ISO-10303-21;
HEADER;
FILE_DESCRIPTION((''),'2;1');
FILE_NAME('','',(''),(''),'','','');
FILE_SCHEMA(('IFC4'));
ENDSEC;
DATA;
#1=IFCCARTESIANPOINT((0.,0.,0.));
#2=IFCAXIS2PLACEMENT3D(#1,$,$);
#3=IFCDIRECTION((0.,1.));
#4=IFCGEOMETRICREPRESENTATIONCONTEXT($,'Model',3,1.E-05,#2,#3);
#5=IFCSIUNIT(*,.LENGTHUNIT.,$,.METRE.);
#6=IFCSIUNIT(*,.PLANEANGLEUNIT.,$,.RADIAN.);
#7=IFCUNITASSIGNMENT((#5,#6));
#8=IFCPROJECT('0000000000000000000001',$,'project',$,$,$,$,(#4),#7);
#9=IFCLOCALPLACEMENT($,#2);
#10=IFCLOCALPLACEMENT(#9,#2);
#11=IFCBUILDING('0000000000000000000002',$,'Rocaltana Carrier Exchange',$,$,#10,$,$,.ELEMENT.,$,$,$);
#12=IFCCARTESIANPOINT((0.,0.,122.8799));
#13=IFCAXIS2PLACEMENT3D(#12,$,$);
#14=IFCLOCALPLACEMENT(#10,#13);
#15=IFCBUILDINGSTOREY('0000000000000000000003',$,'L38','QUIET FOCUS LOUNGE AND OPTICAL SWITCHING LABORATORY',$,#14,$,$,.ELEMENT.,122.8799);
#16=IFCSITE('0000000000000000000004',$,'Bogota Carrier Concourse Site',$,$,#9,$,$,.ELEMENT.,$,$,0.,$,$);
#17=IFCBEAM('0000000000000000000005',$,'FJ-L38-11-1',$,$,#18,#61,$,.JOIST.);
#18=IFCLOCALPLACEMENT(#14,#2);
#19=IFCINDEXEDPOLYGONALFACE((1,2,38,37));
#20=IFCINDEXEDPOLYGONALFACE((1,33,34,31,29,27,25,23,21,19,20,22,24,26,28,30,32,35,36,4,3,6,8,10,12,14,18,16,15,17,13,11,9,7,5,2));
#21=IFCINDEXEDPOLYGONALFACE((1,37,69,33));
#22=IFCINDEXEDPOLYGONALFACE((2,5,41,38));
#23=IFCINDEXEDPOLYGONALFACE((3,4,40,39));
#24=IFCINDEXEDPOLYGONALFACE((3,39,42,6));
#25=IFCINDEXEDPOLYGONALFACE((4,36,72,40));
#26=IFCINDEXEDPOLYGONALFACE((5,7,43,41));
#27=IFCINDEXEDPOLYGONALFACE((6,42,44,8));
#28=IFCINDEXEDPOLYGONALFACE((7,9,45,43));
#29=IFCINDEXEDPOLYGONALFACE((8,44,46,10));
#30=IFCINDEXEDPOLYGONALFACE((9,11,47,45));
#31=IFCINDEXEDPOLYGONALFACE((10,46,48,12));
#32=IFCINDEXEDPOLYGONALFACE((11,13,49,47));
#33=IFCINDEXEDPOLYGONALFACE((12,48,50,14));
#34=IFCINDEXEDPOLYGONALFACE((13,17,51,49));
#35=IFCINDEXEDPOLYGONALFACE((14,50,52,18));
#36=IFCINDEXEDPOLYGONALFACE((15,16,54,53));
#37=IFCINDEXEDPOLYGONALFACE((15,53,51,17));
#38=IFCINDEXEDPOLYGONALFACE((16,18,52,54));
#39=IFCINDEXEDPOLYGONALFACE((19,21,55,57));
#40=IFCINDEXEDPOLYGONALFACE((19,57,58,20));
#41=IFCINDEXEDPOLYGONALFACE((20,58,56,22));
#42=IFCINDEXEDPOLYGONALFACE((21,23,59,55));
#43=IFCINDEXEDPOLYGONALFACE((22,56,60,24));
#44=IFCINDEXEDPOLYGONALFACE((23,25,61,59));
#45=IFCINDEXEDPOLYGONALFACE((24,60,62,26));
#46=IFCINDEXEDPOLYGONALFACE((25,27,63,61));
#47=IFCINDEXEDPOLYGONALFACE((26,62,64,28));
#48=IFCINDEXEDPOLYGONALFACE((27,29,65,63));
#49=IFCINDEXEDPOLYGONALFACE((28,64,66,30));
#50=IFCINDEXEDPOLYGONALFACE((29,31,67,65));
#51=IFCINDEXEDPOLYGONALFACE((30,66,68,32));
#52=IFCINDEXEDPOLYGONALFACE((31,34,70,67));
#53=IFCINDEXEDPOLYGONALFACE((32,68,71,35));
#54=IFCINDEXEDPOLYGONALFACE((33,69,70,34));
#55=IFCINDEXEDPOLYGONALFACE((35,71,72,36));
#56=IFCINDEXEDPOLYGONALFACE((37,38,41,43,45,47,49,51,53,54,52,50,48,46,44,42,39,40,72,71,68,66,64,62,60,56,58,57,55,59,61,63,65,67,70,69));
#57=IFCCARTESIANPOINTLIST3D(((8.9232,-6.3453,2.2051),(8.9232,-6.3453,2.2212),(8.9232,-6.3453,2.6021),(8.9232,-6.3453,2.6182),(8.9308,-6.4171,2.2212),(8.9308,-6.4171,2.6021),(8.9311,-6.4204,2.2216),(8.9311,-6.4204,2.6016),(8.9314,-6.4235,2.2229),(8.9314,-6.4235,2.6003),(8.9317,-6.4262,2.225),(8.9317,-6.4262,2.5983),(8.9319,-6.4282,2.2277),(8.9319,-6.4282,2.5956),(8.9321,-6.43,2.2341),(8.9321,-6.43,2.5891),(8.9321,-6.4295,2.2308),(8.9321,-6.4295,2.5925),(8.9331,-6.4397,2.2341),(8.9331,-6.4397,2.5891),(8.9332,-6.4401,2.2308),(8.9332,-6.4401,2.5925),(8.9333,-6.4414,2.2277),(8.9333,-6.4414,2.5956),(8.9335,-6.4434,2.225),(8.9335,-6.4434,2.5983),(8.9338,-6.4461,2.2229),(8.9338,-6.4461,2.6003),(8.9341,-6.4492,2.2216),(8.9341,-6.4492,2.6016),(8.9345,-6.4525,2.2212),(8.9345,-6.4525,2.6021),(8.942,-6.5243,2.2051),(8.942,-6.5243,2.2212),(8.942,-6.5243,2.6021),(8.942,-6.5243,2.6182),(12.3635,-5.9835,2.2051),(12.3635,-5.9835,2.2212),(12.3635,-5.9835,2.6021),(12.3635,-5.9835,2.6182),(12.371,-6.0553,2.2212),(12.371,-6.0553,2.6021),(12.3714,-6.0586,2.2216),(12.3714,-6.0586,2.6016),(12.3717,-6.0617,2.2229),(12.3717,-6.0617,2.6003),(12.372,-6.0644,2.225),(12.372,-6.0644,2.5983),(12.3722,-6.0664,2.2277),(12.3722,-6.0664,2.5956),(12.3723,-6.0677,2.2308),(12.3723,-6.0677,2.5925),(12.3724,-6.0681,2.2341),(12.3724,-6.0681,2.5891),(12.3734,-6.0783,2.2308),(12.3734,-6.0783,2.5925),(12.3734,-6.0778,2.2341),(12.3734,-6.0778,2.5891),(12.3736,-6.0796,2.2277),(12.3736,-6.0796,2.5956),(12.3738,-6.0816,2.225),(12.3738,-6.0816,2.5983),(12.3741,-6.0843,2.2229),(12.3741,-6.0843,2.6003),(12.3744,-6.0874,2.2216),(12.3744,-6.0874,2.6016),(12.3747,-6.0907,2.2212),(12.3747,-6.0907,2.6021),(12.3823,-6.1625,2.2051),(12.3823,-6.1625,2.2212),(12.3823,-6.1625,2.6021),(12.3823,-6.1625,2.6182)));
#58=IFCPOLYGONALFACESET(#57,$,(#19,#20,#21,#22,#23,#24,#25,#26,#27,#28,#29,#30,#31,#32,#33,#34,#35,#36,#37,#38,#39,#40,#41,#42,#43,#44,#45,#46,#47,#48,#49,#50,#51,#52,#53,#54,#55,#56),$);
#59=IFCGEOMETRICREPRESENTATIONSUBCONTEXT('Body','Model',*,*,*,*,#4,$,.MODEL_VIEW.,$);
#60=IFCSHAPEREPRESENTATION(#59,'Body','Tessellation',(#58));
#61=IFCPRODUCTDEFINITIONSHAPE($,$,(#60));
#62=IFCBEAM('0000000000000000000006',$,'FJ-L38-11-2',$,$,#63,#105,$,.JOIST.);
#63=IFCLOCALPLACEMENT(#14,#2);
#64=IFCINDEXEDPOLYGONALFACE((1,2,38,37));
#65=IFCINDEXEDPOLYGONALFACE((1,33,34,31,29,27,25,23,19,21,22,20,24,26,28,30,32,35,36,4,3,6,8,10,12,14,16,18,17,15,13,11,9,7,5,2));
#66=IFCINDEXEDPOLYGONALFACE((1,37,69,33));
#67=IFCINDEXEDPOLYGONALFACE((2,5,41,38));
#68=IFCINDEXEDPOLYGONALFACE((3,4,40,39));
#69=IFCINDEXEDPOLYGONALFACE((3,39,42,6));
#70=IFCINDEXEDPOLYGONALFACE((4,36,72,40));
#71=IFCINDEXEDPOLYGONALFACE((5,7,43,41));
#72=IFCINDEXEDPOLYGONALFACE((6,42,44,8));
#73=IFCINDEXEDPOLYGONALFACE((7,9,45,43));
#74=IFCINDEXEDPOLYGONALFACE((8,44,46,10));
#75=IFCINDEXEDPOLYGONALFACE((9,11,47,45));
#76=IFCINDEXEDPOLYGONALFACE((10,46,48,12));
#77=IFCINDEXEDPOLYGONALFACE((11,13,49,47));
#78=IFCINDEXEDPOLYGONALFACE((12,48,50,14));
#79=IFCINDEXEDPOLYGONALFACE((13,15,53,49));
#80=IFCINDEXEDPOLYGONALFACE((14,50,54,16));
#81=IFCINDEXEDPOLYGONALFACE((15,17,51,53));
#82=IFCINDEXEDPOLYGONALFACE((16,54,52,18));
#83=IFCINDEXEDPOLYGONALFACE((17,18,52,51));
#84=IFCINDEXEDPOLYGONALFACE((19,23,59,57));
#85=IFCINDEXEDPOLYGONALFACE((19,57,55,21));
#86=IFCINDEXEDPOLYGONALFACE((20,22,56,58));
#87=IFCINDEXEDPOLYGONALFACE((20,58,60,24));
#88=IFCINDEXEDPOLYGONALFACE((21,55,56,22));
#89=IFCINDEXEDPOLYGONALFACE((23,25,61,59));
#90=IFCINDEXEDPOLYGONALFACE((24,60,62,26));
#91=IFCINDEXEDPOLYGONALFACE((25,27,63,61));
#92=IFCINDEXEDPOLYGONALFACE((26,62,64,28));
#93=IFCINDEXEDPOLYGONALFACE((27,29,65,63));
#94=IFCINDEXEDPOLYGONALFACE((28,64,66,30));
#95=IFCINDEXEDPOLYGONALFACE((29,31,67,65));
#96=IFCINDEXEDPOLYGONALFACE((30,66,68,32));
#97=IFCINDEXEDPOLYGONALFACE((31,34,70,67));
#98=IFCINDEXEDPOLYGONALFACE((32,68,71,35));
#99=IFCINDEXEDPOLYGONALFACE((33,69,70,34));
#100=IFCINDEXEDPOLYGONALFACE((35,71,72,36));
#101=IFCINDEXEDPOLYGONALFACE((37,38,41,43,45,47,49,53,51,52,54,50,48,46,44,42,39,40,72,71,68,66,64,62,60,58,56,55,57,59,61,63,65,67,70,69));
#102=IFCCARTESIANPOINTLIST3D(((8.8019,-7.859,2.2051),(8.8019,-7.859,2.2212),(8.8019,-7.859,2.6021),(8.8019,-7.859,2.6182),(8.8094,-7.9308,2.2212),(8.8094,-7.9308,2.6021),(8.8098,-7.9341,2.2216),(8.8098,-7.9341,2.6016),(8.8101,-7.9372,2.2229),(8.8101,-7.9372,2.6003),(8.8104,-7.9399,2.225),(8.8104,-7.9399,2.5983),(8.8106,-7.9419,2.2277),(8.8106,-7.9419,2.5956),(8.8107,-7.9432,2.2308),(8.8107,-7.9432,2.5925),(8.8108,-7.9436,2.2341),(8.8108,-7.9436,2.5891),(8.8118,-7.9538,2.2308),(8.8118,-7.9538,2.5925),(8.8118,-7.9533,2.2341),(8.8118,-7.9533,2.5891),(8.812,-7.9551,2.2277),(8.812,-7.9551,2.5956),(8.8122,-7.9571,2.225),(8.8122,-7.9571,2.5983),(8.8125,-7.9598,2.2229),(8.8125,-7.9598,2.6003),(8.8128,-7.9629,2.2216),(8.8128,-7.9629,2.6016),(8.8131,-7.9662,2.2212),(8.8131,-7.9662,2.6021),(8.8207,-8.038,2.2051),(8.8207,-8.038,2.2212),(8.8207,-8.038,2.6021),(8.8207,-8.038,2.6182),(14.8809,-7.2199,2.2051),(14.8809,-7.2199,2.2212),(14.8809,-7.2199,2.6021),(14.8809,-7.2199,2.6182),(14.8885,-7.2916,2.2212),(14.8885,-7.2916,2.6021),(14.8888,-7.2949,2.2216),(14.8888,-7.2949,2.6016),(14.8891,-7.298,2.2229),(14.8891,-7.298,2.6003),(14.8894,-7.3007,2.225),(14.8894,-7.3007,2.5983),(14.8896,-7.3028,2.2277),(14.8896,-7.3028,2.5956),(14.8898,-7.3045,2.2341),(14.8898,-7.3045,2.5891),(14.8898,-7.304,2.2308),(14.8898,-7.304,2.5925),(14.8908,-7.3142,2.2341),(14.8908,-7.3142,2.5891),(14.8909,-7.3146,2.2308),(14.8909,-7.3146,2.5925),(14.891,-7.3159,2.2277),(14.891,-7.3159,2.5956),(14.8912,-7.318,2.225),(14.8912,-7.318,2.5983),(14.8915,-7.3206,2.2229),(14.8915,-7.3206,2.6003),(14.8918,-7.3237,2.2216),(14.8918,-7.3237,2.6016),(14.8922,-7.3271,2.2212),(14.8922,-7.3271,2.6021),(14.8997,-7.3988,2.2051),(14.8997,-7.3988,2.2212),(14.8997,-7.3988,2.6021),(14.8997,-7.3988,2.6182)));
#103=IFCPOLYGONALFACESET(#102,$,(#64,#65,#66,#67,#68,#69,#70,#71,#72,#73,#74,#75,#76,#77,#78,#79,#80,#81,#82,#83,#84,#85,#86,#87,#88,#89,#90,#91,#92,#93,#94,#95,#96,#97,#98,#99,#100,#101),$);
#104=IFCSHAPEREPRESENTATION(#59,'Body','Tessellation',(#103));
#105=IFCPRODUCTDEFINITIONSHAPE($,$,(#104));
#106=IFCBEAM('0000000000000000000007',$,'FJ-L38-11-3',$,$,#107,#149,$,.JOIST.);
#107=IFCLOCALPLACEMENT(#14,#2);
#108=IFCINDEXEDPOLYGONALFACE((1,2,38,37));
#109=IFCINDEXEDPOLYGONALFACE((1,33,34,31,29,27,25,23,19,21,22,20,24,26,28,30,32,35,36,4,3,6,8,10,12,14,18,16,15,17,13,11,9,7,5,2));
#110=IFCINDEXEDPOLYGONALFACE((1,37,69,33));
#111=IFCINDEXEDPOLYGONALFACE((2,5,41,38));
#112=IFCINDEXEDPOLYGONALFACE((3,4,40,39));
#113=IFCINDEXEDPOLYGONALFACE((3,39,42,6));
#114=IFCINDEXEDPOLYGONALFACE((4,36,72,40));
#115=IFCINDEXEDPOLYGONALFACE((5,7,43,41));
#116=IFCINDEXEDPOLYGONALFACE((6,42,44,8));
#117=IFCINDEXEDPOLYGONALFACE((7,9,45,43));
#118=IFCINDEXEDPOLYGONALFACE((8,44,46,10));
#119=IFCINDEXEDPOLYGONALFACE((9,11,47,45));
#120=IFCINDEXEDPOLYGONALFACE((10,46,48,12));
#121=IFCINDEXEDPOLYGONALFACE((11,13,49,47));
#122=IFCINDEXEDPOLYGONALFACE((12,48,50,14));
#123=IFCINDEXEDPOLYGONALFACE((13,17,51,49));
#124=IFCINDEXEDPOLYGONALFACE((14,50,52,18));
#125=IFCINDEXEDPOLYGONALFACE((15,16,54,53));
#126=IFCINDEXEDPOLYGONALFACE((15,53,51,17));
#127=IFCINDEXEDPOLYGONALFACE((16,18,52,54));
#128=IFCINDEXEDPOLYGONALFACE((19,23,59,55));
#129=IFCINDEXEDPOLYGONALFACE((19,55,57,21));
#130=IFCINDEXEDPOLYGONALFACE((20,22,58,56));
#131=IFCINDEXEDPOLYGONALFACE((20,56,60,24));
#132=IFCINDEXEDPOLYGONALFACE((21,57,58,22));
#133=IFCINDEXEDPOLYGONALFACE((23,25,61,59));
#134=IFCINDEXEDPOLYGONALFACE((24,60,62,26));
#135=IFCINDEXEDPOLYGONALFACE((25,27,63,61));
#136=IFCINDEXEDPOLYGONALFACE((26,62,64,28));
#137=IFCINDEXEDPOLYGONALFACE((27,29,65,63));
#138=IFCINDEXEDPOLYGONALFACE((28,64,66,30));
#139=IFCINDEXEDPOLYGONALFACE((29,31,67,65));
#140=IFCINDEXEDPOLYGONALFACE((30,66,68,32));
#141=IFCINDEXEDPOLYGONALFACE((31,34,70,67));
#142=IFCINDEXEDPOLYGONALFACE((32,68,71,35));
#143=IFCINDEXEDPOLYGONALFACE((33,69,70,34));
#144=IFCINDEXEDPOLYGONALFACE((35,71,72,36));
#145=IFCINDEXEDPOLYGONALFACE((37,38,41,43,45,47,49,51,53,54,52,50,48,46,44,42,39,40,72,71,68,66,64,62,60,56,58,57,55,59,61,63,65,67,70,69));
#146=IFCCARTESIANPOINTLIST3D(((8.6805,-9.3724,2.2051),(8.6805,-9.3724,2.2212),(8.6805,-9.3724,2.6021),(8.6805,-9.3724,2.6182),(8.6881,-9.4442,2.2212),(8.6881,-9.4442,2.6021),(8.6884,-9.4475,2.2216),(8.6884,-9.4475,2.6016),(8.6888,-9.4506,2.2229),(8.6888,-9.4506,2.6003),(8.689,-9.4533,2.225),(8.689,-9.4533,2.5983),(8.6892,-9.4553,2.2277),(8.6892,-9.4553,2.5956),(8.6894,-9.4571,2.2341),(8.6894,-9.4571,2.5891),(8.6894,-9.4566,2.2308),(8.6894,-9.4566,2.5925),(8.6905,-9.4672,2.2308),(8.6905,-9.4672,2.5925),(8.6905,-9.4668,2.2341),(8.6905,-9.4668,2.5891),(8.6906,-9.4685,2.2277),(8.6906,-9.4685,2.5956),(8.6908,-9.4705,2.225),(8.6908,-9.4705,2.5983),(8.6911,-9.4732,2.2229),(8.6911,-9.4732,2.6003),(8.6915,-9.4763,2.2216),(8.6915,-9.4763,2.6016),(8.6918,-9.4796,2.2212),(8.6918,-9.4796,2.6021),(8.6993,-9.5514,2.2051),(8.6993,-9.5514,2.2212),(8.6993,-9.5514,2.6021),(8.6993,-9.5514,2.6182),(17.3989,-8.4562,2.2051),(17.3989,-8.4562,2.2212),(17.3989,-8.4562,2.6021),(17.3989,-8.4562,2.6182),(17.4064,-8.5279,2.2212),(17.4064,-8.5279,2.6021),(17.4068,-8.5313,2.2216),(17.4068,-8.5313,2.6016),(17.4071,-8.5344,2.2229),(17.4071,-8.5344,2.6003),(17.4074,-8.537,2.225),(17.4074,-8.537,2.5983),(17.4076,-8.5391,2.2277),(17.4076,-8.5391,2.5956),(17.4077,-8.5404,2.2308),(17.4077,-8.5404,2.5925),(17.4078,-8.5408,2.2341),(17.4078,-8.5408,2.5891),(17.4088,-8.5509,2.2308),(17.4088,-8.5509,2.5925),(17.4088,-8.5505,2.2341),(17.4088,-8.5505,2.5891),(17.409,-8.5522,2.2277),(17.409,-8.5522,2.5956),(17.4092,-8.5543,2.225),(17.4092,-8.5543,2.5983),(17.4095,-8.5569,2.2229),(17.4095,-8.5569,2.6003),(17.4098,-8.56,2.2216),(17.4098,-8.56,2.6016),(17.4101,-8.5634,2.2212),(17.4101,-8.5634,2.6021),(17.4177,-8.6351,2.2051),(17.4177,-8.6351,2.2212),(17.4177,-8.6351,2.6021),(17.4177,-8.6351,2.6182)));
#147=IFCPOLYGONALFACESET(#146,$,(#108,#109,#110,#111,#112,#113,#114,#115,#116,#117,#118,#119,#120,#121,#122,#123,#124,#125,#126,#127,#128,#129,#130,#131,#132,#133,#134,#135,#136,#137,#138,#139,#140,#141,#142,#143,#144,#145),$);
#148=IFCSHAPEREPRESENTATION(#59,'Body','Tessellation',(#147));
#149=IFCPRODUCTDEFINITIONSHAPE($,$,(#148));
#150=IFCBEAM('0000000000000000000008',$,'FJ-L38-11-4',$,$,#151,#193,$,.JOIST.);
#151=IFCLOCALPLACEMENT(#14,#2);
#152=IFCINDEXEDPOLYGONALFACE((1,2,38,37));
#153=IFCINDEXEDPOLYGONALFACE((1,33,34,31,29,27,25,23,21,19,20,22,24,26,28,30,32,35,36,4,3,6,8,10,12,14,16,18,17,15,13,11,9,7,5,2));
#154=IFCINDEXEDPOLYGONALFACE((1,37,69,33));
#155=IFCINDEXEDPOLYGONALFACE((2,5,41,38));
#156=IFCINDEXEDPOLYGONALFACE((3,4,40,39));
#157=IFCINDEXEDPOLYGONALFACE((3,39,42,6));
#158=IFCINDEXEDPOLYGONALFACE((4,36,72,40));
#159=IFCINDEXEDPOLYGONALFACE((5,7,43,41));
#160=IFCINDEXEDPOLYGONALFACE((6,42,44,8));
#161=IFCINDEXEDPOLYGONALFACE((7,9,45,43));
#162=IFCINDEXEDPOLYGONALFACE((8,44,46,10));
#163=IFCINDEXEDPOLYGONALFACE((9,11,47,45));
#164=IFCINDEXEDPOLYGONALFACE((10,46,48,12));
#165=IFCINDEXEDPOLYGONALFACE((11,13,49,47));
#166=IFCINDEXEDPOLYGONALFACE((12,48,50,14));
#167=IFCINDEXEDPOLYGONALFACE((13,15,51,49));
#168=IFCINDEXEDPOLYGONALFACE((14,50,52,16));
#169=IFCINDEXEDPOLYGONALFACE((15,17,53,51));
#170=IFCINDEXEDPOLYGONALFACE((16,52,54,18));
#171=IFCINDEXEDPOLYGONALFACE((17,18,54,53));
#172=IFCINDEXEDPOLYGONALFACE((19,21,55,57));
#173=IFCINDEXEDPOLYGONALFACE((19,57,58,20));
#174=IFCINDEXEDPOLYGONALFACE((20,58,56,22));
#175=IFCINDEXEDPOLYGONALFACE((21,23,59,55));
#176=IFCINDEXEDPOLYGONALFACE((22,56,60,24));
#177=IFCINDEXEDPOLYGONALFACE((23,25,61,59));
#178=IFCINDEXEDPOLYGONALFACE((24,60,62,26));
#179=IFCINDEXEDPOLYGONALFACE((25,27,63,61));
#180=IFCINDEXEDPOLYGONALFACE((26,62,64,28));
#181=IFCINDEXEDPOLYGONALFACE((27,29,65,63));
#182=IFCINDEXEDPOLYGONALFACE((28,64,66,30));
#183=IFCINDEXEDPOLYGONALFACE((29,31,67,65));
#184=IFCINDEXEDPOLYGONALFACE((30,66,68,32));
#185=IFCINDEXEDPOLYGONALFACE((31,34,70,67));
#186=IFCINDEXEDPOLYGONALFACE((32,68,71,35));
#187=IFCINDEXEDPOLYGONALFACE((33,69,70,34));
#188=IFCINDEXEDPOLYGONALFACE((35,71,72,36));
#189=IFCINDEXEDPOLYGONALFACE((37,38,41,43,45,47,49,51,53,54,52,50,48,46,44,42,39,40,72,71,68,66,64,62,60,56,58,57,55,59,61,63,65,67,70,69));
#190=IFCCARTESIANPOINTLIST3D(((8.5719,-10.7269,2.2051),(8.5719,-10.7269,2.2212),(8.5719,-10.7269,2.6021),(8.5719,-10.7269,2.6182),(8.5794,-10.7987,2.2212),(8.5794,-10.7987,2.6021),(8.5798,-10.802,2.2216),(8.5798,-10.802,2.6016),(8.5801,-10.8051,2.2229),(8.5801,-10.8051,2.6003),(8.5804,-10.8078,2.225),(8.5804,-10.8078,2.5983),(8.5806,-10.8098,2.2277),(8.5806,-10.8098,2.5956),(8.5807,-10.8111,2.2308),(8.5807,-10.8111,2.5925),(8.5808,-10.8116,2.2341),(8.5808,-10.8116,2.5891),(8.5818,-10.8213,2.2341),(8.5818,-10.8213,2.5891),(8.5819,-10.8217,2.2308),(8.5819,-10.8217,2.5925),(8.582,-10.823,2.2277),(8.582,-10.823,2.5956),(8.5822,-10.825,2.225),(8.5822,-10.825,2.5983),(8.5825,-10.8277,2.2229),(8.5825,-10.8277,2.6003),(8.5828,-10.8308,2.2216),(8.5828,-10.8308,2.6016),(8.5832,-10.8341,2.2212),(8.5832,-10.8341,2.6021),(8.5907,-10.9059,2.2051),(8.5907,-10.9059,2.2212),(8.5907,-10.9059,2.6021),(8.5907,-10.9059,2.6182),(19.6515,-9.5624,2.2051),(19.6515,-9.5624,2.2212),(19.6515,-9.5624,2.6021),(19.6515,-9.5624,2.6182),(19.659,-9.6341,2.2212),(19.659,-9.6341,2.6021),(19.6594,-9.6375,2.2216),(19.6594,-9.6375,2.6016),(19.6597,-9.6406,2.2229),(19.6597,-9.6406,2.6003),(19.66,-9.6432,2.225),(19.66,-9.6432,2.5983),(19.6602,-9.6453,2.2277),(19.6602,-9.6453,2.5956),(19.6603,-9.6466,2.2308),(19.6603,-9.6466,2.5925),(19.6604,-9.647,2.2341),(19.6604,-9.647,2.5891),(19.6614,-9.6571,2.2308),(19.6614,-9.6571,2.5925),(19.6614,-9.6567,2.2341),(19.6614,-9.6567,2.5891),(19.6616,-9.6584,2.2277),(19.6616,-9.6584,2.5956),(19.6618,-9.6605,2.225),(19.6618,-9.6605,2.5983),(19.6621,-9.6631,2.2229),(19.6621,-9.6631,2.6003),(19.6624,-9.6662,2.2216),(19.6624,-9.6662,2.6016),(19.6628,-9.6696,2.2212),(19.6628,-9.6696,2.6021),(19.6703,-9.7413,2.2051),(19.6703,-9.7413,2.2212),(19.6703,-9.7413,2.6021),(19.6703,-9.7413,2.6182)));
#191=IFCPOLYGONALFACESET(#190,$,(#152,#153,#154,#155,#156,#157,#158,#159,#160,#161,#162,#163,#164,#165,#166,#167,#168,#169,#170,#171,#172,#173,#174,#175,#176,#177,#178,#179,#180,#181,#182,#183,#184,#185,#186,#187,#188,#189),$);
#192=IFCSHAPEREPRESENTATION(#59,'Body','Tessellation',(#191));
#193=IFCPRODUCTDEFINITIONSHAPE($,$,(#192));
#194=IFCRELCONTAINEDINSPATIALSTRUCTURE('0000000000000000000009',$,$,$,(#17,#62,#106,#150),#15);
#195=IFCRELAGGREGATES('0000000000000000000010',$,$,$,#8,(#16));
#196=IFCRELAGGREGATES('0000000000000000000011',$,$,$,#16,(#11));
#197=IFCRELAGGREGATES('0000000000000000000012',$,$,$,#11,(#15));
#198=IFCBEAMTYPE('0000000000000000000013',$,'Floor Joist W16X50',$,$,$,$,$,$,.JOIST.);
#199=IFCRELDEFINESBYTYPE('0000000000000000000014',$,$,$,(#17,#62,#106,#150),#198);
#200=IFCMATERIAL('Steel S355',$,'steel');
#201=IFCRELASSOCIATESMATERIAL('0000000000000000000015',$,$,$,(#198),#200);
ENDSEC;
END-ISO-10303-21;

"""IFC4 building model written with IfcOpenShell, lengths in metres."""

from ifc_helpers import new_model, si_unit, direction, frame, origin, origin_2d, place, context, subcontext, project, spatial, i_section, extrude, material, material_profile, profile_set, type_object, element, save


model = new_model("IFC4")

# Units and contexts
model_context = context("Model", 3, precision=1e-05, world=origin(), true_north=direction((0.0, 1.0)))
body_context = subcontext(model_context, "Body", "Model", "MODEL_VIEW")
ifc_project = project(units=[si_unit("LENGTHUNIT", "METRE"), si_unit("PLANEANGLEUNIT", "RADIAN")], contexts=[model_context])

# Site, building, storey
site_placement = place(None, origin())
site = spatial("IfcSite", under=ifc_project, at=site_placement, Name="Bogota Carrier Concourse Site", CompositionType="ELEMENT", RefElevation=0.0)
building_placement = place(site_placement, origin())
building = spatial("IfcBuilding", under=site, at=building_placement, Name="Rocaltana Carrier Exchange", CompositionType="ELEMENT")
storey_placement = place(building_placement, frame((0.0, 0.0, 122.8799)))
storey = spatial("IfcBuildingStorey", under=building, at=storey_placement, Name="L38", Description="QUIET FOCUS LOUNGE AND OPTICAL SWITCHING LABORATORY", CompositionType="ELEMENT", Elevation=122.8799)

# Beams
ifc_material_1 = material(Name="Steel S355", Category="steel")
ifc_material_profile_1 = material_profile(ifc_material_1, i_section(OverallWidth=0.1799, OverallDepth=0.4131, WebThickness=0.0098, FlangeThickness=0.0161, FilletRadius=0.0129, at=origin_2d()), Name="W16X50")
ifc_profile_set_1 = profile_set([ifc_material_profile_1], Name="Steel S355")
beam_type_1 = type_object("IfcBeamType", Name="Floor Joist W16X50", PredefinedType="JOIST", material=ifc_profile_set_1)
beam_1_placement = place(storey_placement, frame((8.9326, -6.4348, 2.4116), z_axis=(0.994515, 0.104597, 0.0), x_axis=(-0.104597, 0.994515, 0.0)))
element("IfcBeam", 1, at=beam_1_placement, inside=storey, type_object=beam_type_1, Name="FJ-L38-11-1", PredefinedType="JOIST", context=body_context, shape_type="SweptSolid", body=[
    extrude(i_section(OverallWidth=0.1799, OverallDepth=0.4131, WebThickness=0.0098, FlangeThickness=0.0161, FilletRadius=0.0129, at=origin_2d()), origin(), (0.0, 0.0, 1.0), 3.4592),
])
beam_2_placement = place(storey_placement, frame((8.8113, -7.9485, 2.4116), z_axis=(0.994518, 0.104564, 0.0), x_axis=(-0.104564, 0.994518, 0.0)))
element("IfcBeam", 2, at=beam_2_placement, inside=storey, type_object=beam_type_1, Name="FJ-L38-11-2", PredefinedType="JOIST", context=body_context, shape_type="SweptSolid", body=[
    extrude(i_section(OverallWidth=0.1799, OverallDepth=0.4131, WebThickness=0.0098, FlangeThickness=0.0161, FilletRadius=0.0129, at=origin_2d()), origin(), (0.0, 0.0, 1.0), 6.1125),
])
beam_3_placement = place(storey_placement, frame((8.6899, -9.4619, 2.4116), z_axis=(0.994523, 0.104521, 0.0), x_axis=(-0.104521, 0.994523, 0.0)))
element("IfcBeam", 3, at=beam_3_placement, inside=storey, type_object=beam_type_1, Name="FJ-L38-11-3", PredefinedType="JOIST", context=body_context, shape_type="SweptSolid", body=[
    extrude(i_section(OverallWidth=0.1799, OverallDepth=0.4131, WebThickness=0.0098, FlangeThickness=0.0161, FilletRadius=0.0129, at=origin_2d()), origin(), (0.0, 0.0, 1.0), 8.7664),
])
beam_4_placement = place(storey_placement, frame((8.5813, -10.8164, 2.4116), z_axis=(0.994522, 0.104532, 0.0), x_axis=(-0.104532, 0.994522, 0.0)))
element("IfcBeam", 4, at=beam_4_placement, inside=storey, type_object=beam_type_1, Name="FJ-L38-11-4", PredefinedType="JOIST", context=body_context, shape_type="SweptSolid", body=[
    extrude(i_section(OverallWidth=0.1799, OverallDepth=0.4131, WebThickness=0.0098, FlangeThickness=0.0161, FilletRadius=0.0129, at=origin_2d()), origin(), (0.0, 0.0, 1.0), 11.1406),
])

save(model, "model.ifc")
